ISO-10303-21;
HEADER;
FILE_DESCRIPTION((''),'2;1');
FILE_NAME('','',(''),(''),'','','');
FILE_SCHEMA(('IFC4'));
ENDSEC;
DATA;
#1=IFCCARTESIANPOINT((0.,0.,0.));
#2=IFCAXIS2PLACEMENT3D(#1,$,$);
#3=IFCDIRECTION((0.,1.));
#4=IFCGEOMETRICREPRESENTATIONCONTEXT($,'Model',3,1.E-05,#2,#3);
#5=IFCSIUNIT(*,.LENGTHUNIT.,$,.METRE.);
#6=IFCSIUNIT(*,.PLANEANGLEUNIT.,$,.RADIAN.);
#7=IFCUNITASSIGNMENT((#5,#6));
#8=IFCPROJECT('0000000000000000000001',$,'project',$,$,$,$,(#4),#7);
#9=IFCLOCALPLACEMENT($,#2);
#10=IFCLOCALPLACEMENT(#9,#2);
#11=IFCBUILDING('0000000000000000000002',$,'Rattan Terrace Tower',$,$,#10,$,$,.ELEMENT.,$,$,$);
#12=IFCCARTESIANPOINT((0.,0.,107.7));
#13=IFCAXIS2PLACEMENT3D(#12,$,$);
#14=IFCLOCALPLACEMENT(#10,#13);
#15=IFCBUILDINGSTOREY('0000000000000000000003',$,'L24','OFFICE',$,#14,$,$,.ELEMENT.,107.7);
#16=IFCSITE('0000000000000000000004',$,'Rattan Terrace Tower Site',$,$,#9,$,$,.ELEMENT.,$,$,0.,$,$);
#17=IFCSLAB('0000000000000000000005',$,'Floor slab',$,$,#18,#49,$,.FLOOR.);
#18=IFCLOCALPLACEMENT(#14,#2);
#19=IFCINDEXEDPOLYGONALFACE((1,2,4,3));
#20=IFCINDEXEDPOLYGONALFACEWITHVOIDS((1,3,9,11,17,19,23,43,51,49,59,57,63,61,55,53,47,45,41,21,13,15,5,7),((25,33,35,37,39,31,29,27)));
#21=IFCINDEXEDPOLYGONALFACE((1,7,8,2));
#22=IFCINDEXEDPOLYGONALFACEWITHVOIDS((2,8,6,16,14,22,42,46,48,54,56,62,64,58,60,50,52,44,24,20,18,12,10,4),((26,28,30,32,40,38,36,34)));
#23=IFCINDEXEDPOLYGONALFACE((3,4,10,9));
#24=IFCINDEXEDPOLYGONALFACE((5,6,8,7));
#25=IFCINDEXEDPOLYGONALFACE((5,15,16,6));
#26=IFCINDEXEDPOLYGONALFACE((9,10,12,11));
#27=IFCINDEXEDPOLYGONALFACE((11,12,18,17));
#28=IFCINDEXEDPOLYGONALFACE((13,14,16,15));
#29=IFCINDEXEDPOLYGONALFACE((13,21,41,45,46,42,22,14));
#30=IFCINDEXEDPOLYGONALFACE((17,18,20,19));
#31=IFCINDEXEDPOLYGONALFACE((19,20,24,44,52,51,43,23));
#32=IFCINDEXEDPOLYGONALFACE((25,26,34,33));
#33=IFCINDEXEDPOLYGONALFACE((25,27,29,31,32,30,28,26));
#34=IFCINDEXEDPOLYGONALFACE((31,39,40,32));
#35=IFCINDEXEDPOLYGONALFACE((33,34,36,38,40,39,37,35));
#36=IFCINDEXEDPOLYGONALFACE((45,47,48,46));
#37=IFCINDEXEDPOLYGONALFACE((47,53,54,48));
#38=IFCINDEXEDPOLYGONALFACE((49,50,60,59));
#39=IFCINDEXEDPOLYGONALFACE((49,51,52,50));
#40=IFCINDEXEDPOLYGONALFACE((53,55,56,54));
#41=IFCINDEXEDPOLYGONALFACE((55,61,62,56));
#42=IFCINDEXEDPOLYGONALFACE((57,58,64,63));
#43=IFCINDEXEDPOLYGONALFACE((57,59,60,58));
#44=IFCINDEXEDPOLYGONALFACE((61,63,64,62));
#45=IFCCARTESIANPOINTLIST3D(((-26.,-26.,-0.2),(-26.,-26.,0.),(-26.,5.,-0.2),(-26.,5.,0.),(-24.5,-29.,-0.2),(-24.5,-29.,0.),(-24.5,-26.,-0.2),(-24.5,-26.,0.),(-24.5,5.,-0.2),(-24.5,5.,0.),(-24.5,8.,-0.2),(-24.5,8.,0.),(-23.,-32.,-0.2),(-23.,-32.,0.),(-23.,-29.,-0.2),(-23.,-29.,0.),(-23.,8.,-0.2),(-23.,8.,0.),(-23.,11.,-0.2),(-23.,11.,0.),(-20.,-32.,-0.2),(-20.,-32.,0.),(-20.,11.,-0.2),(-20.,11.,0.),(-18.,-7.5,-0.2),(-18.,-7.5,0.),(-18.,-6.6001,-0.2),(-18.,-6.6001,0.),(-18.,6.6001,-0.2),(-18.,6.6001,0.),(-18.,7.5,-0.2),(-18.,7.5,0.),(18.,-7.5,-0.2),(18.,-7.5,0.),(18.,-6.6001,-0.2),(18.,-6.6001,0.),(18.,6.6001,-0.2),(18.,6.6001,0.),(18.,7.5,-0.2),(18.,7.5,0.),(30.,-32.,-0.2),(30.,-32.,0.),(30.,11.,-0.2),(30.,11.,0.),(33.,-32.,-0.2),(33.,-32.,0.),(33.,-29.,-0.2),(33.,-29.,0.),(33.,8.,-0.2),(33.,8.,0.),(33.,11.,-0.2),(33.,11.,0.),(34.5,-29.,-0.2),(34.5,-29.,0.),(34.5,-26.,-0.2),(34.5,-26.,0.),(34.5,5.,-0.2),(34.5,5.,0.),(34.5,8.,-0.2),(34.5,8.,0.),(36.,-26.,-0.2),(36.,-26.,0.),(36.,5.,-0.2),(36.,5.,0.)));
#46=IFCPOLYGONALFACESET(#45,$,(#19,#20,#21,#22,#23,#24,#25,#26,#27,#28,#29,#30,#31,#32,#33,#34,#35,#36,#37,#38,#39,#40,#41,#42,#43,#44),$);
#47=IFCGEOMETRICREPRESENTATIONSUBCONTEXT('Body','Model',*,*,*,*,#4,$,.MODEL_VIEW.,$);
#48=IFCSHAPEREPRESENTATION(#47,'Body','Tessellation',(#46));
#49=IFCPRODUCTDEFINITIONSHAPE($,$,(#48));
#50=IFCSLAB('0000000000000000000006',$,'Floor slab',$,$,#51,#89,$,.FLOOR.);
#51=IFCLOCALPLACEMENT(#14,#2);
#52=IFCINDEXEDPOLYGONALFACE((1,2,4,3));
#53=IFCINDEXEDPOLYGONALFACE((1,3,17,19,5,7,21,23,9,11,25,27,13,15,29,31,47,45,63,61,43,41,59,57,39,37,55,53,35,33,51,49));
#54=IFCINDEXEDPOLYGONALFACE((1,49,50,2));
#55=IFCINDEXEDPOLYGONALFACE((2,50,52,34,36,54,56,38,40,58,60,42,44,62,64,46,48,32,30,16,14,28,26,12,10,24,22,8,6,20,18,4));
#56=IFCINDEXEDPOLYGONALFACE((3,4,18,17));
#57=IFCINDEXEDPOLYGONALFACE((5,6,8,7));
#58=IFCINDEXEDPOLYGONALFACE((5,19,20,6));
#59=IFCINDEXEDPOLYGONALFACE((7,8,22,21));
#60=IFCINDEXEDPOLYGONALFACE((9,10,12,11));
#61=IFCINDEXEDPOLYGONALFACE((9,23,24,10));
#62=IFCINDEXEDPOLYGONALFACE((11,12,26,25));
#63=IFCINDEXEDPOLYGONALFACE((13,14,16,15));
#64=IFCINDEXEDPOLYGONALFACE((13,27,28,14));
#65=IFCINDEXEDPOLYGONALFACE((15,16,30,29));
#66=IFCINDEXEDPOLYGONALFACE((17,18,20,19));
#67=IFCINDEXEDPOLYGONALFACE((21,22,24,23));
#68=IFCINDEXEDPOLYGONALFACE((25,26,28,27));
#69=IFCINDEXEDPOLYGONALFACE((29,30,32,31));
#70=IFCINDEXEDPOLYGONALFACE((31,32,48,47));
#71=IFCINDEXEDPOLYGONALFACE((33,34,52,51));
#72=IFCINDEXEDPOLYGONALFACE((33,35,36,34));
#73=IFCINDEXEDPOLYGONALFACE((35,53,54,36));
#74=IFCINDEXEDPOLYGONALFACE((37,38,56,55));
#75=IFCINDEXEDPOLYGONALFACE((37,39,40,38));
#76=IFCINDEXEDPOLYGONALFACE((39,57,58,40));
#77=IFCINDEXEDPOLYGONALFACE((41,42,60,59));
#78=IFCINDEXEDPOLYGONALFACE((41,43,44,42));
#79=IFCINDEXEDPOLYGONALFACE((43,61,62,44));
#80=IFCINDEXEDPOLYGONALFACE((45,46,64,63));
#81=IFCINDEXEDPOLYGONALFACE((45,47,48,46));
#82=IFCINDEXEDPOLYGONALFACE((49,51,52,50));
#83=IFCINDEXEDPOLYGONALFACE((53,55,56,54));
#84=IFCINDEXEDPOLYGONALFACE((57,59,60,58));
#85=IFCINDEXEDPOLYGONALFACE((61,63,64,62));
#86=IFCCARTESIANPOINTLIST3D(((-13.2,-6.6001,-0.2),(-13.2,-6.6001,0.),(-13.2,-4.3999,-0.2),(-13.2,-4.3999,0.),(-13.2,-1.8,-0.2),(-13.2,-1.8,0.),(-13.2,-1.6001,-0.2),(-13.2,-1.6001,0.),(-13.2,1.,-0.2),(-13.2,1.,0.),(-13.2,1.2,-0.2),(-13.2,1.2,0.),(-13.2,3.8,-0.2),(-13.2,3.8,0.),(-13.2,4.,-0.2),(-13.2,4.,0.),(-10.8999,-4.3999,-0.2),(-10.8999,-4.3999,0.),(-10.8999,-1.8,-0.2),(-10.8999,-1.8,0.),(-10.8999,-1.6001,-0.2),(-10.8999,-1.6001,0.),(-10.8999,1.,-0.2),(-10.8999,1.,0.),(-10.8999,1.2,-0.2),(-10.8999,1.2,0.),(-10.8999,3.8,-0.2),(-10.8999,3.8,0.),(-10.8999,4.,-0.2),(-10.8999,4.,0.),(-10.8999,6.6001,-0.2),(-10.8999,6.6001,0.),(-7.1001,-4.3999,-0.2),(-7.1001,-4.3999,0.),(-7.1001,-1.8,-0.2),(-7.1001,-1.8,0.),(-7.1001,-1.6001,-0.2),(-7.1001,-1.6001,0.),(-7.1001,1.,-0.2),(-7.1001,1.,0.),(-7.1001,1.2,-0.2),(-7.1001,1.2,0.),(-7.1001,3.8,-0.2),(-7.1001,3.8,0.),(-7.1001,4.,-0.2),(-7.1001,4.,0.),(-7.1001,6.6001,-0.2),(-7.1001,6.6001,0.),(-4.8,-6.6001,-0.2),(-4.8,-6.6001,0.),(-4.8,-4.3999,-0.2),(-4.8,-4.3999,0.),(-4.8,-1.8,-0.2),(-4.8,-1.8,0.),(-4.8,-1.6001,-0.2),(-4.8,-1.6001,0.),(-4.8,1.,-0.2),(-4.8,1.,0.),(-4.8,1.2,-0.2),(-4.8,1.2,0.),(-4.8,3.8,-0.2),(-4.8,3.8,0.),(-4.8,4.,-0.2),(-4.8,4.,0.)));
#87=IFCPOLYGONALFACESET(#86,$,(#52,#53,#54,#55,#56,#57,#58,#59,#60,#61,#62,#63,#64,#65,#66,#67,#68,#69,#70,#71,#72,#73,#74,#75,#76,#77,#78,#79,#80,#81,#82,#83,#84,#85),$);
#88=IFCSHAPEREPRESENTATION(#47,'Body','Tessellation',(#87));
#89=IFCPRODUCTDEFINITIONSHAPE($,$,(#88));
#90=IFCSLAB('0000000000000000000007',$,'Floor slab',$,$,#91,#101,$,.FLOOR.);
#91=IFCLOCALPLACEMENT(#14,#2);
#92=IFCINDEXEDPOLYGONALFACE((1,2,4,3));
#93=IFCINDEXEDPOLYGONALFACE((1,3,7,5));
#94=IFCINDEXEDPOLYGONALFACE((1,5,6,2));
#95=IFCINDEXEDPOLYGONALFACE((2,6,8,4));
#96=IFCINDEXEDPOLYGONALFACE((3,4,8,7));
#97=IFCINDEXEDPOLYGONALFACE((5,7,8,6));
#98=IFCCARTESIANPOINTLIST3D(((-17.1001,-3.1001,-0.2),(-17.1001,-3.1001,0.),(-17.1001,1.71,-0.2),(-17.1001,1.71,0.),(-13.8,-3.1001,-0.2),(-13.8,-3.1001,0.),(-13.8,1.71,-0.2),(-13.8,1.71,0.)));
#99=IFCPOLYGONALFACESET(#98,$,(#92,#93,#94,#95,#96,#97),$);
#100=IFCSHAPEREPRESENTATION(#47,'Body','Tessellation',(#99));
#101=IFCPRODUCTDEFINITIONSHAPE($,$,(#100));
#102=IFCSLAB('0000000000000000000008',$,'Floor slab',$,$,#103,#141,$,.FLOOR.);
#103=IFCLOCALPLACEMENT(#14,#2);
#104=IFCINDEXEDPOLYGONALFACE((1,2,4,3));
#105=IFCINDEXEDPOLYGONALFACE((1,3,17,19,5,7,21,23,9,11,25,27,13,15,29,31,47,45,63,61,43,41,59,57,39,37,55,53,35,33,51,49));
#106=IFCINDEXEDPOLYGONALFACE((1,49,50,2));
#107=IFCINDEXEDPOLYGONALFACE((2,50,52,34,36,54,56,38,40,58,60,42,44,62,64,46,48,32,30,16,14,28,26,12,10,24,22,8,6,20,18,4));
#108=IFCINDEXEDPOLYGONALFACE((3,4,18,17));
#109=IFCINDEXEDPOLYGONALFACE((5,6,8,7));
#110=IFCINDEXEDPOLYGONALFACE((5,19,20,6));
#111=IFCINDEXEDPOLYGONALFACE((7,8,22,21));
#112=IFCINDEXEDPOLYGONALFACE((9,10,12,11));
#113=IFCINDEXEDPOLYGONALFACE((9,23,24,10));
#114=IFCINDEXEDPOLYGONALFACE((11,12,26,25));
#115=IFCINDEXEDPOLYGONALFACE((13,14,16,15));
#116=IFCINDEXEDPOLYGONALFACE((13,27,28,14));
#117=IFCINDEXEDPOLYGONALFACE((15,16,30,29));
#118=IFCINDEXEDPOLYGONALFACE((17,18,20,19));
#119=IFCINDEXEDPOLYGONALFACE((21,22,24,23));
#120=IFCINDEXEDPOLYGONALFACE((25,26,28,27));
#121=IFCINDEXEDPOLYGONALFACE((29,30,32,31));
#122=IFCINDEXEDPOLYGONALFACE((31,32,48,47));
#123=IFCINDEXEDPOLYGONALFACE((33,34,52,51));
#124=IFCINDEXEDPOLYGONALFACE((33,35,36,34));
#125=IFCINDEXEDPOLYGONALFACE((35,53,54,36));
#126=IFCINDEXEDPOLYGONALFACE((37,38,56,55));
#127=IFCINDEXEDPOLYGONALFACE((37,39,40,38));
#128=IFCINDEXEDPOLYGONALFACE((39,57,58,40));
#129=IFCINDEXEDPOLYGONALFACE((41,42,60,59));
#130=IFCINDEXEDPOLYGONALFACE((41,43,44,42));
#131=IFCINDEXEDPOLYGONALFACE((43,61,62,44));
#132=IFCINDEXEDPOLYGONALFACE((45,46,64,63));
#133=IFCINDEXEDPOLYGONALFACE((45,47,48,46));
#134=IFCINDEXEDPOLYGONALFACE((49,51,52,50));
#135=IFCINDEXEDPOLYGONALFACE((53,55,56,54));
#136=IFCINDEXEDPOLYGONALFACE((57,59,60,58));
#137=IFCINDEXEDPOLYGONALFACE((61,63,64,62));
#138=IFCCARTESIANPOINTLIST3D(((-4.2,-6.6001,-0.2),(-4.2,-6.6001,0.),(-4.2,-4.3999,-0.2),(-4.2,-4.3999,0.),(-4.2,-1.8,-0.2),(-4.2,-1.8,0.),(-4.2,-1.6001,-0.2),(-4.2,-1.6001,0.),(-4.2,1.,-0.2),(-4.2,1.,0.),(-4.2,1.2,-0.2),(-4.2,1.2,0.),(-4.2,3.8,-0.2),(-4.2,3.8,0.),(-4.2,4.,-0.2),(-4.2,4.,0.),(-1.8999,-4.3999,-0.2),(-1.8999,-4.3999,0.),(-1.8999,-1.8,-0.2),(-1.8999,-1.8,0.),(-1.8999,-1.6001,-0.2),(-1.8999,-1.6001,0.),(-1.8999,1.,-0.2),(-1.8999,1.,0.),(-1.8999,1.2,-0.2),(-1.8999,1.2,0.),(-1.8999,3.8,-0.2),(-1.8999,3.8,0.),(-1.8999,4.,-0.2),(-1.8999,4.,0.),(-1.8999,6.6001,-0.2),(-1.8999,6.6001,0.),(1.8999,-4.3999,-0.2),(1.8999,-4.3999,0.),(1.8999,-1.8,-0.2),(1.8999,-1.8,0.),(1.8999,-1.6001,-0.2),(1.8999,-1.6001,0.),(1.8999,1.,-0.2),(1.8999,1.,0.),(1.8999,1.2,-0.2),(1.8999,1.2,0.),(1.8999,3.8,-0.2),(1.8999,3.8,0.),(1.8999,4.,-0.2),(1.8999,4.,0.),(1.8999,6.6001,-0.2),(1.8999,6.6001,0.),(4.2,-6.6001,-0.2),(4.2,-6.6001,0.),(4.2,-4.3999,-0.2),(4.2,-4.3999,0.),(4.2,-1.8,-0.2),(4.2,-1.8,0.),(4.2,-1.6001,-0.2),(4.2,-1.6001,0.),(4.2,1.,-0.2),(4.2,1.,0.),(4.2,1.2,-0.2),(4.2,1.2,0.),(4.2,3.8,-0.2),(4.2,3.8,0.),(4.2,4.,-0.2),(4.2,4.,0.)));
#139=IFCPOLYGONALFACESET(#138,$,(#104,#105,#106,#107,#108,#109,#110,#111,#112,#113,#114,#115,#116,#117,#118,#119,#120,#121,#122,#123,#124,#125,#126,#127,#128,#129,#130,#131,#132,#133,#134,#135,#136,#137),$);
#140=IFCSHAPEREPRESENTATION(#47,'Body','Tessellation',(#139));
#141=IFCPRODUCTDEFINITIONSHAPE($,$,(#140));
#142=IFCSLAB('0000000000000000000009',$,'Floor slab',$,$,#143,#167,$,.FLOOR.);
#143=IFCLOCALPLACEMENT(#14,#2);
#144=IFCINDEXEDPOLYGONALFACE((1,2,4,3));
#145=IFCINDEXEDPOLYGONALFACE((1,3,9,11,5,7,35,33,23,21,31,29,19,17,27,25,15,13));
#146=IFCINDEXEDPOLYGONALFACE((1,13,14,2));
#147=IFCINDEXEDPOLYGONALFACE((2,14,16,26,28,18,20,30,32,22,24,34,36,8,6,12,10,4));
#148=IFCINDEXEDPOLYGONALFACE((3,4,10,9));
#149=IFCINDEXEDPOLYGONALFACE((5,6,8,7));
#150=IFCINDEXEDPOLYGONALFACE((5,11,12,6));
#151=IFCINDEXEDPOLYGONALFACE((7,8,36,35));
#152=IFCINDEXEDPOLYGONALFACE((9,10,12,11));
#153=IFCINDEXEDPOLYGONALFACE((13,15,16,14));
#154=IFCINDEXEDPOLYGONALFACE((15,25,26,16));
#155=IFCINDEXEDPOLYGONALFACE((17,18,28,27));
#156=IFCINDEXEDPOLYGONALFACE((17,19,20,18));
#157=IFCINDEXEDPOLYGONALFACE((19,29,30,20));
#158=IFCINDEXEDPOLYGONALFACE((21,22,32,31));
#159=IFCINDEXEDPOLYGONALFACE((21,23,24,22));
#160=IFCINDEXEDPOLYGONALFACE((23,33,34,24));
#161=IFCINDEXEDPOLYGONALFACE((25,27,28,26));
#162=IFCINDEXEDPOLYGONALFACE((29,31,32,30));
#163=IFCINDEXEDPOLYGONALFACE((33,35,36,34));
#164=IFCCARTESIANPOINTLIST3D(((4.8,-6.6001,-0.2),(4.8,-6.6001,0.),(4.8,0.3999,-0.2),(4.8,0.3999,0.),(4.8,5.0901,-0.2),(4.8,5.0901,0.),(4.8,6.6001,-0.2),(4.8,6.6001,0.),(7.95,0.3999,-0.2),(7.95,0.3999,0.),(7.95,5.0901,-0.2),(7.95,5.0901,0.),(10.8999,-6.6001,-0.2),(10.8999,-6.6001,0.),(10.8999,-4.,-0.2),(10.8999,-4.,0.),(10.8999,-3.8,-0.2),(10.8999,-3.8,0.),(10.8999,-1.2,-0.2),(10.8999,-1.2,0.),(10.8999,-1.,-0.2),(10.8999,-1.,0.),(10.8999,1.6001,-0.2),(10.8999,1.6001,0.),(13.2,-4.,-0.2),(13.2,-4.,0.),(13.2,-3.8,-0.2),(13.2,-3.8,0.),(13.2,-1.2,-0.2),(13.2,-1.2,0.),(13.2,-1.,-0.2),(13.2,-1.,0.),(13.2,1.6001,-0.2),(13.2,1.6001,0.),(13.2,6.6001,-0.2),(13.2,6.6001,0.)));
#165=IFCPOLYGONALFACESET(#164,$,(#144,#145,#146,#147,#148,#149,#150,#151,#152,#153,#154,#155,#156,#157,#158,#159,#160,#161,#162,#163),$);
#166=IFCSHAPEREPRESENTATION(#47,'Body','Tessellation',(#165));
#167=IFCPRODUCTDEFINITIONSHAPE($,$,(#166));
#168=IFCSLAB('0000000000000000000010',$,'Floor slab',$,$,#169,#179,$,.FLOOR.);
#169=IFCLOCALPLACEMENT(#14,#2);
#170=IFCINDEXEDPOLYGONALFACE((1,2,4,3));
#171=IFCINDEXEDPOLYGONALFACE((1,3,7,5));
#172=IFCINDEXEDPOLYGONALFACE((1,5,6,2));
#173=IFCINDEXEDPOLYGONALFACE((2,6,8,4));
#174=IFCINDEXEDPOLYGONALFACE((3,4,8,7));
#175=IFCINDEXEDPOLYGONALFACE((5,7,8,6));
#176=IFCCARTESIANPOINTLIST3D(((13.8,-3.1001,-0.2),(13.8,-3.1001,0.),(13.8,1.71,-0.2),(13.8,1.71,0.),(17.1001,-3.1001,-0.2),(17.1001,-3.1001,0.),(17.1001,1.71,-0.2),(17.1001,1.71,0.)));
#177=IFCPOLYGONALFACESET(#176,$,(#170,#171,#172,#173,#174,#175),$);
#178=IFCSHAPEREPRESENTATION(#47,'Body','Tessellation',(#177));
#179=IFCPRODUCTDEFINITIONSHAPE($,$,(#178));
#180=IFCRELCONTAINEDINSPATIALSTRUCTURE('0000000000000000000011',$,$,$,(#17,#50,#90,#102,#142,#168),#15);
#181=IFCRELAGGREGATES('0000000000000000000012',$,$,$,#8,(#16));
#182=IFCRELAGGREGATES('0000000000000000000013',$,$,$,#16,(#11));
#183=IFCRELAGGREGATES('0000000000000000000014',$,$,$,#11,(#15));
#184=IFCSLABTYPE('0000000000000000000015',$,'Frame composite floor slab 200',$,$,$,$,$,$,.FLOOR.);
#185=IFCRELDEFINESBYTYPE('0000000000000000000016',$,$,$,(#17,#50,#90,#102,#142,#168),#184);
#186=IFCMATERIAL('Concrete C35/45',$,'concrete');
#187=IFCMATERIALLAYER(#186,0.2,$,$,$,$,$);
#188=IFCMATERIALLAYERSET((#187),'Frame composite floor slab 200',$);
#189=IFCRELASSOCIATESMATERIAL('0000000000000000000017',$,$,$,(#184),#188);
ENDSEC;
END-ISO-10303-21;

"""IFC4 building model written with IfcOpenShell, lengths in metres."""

from ifc_helpers import new_model, si_unit, direction, frame, origin, place, context, subcontext, project, spatial, polyline, outline, extrude, material, layer, layer_set, type_object, element, save


model = new_model("IFC4")

# Units and contexts
model_context = context("Model", 3, precision=1e-05, world=origin(), true_north=direction((0.0, 1.0)))
body_context = subcontext(model_context, "Body", "Model", "MODEL_VIEW")
ifc_project = project(units=[si_unit("LENGTHUNIT", "METRE"), si_unit("PLANEANGLEUNIT", "RADIAN")], contexts=[model_context])

# Site, building, storey
site_placement = place(None, origin())
site = spatial("IfcSite", under=ifc_project, at=site_placement, Name="Rattan Terrace Tower Site", CompositionType="ELEMENT", RefElevation=0.0)
building_placement = place(site_placement, origin())
building = spatial("IfcBuilding", under=site, at=building_placement, Name="Rattan Terrace Tower", CompositionType="ELEMENT")
storey_placement = place(building_placement, frame((0.0, 0.0, 107.7)))
storey = spatial("IfcBuildingStorey", under=building, at=storey_placement, Name="L24", Description="OFFICE", CompositionType="ELEMENT", Elevation=107.7)

# Slabs
ifc_material_1 = material(Name="Concrete C35/45", Category="concrete")
ifc_layer_1 = layer(ifc_material_1, 0.2)
ifc_layer_set_1 = layer_set([ifc_layer_1], Name="Frame composite floor slab 200")
slab_type_1 = type_object("IfcSlabType", Name="Frame composite floor slab 200", PredefinedType="FLOOR", material=ifc_layer_set_1)
slab_1_placement = place(storey_placement, frame((0.0, 0.0, -0.2)))
element("IfcSlab", 1, at=slab_1_placement, inside=storey, type_object=slab_type_1, Name="Floor slab", PredefinedType="FLOOR", context=body_context, shape_type="SweptSolid", body=[
    extrude(outline(polyline([(-20.0, -32.0), (30.0, -32.0), (33.0, -32.0), (33.0, -29.0), (34.5, -29.0), (34.5, -26.0), (36.0, -26.0), (36.0, 5.0), (34.5, 5.0), (34.5, 8.0), (33.0, 8.0), (33.0, 11.0), (30.0, 11.0), (-20.0, 11.0), (-23.0, 11.0), (-23.0, 8.0), (-24.5, 8.0), (-24.5, 5.0), (-26.0, 5.0), (-26.0, -26.0), (-24.5, -26.0), (-24.5, -29.0), (-23.0, -29.0), (-23.0, -32.0), (-20.0, -32.0)]), holes=[polyline([(-18.0, -6.6001), (-18.0, -7.5), (18.0, -7.5), (18.0, -6.6001), (18.0, 6.6001), (18.0, 7.5), (-18.0, 7.5), (-18.0, 6.6001), (-18.0, -6.6001)])]), origin(), (0.0, 0.0, 1.0), 0.2),
])
slab_2_placement = place(storey_placement, frame((0.0, 0.0, -0.2)))
element("IfcSlab", 2, at=slab_2_placement, inside=storey, type_object=slab_type_1, Name="Floor slab", PredefinedType="FLOOR", context=body_context, shape_type="SweptSolid", body=[
    extrude(outline(polyline([(-10.8999, 6.6001), (-10.8999, 4.0), (-13.2, 4.0), (-13.2, 3.8), (-10.8999, 3.8), (-10.8999, 1.2), (-13.2, 1.2), (-13.2, 1.0), (-10.8999, 1.0), (-10.8999, -1.6001), (-13.2, -1.6001), (-13.2, -1.8), (-10.8999, -1.8), (-10.8999, -4.3999), (-13.2, -4.3999), (-13.2, -6.6001), (-4.8, -6.6001), (-4.8, -4.3999), (-7.1001, -4.3999), (-7.1001, -1.8), (-4.8, -1.8), (-4.8, -1.6001), (-7.1001, -1.6001), (-7.1001, 1.0), (-4.8, 1.0), (-4.8, 1.2), (-7.1001, 1.2), (-7.1001, 3.8), (-4.8, 3.8), (-4.8, 4.0), (-7.1001, 4.0), (-7.1001, 6.6001), (-10.8999, 6.6001)])), origin(), (0.0, 0.0, 1.0), 0.2),
])
slab_3_placement = place(storey_placement, frame((0.0, 0.0, -0.2)))
element("IfcSlab", 3, at=slab_3_placement, inside=storey, type_object=slab_type_1, Name="Floor slab", PredefinedType="FLOOR", context=body_context, shape_type="SweptSolid", body=[
    extrude(outline(polyline([(-17.1001, -3.1001), (-13.8, -3.1001), (-13.8, 1.71), (-17.1001, 1.71), (-17.1001, -3.1001)])), origin(), (0.0, 0.0, 1.0), 0.2),
])
slab_4_placement = place(storey_placement, frame((0.0, 0.0, -0.2)))
element("IfcSlab", 4, at=slab_4_placement, inside=storey, type_object=slab_type_1, Name="Floor slab", PredefinedType="FLOOR", context=body_context, shape_type="SweptSolid", body=[
    extrude(outline(polyline([(-4.2, 4.0), (-4.2, 3.8), (-1.8999, 3.8), (-1.8999, 1.2), (-4.2, 1.2), (-4.2, 1.0), (-1.8999, 1.0), (-1.8999, -1.6001), (-4.2, -1.6001), (-4.2, -1.8), (-1.8999, -1.8), (-1.8999, -4.3999), (-4.2, -4.3999), (-4.2, -6.6001), (4.2, -6.6001), (4.2, -4.3999), (1.8999, -4.3999), (1.8999, -1.8), (4.2, -1.8), (4.2, -1.6001), (1.8999, -1.6001), (1.8999, 1.0), (4.2, 1.0), (4.2, 1.2), (1.8999, 1.2), (1.8999, 3.8), (4.2, 3.8), (4.2, 4.0), (1.8999, 4.0), (1.8999, 6.6001), (-1.8999, 6.6001), (-1.8999, 4.0), (-4.2, 4.0)])), origin(), (0.0, 0.0, 1.0), 0.2),
])
slab_5_placement = place(storey_placement, frame((0.0, 0.0, -0.2)))
element("IfcSlab", 5, at=slab_5_placement, inside=storey, type_object=slab_type_1, Name="Floor slab", PredefinedType="FLOOR", context=body_context, shape_type="SweptSolid", body=[
    extrude(outline(polyline([(4.8, 5.0901), (7.95, 5.0901), (7.95, 0.3999), (4.8, 0.3999), (4.8, -6.6001), (10.8999, -6.6001), (10.8999, -4.0), (13.2, -4.0), (13.2, -3.8), (10.8999, -3.8), (10.8999, -1.2), (13.2, -1.2), (13.2, -1.0), (10.8999, -1.0), (10.8999, 1.6001), (13.2, 1.6001), (13.2, 6.6001), (4.8, 6.6001), (4.8, 5.0901)])), origin(), (0.0, 0.0, 1.0), 0.2),
])
slab_6_placement = place(storey_placement, frame((0.0, 0.0, -0.2)))
element("IfcSlab", 6, at=slab_6_placement, inside=storey, type_object=slab_type_1, Name="Floor slab", PredefinedType="FLOOR", context=body_context, shape_type="SweptSolid", body=[
    extrude(outline(polyline([(13.8, -3.1001), (17.1001, -3.1001), (17.1001, 1.71), (13.8, 1.71), (13.8, -3.1001)])), origin(), (0.0, 0.0, 1.0), 0.2),
])

save(model, "model.ifc")
